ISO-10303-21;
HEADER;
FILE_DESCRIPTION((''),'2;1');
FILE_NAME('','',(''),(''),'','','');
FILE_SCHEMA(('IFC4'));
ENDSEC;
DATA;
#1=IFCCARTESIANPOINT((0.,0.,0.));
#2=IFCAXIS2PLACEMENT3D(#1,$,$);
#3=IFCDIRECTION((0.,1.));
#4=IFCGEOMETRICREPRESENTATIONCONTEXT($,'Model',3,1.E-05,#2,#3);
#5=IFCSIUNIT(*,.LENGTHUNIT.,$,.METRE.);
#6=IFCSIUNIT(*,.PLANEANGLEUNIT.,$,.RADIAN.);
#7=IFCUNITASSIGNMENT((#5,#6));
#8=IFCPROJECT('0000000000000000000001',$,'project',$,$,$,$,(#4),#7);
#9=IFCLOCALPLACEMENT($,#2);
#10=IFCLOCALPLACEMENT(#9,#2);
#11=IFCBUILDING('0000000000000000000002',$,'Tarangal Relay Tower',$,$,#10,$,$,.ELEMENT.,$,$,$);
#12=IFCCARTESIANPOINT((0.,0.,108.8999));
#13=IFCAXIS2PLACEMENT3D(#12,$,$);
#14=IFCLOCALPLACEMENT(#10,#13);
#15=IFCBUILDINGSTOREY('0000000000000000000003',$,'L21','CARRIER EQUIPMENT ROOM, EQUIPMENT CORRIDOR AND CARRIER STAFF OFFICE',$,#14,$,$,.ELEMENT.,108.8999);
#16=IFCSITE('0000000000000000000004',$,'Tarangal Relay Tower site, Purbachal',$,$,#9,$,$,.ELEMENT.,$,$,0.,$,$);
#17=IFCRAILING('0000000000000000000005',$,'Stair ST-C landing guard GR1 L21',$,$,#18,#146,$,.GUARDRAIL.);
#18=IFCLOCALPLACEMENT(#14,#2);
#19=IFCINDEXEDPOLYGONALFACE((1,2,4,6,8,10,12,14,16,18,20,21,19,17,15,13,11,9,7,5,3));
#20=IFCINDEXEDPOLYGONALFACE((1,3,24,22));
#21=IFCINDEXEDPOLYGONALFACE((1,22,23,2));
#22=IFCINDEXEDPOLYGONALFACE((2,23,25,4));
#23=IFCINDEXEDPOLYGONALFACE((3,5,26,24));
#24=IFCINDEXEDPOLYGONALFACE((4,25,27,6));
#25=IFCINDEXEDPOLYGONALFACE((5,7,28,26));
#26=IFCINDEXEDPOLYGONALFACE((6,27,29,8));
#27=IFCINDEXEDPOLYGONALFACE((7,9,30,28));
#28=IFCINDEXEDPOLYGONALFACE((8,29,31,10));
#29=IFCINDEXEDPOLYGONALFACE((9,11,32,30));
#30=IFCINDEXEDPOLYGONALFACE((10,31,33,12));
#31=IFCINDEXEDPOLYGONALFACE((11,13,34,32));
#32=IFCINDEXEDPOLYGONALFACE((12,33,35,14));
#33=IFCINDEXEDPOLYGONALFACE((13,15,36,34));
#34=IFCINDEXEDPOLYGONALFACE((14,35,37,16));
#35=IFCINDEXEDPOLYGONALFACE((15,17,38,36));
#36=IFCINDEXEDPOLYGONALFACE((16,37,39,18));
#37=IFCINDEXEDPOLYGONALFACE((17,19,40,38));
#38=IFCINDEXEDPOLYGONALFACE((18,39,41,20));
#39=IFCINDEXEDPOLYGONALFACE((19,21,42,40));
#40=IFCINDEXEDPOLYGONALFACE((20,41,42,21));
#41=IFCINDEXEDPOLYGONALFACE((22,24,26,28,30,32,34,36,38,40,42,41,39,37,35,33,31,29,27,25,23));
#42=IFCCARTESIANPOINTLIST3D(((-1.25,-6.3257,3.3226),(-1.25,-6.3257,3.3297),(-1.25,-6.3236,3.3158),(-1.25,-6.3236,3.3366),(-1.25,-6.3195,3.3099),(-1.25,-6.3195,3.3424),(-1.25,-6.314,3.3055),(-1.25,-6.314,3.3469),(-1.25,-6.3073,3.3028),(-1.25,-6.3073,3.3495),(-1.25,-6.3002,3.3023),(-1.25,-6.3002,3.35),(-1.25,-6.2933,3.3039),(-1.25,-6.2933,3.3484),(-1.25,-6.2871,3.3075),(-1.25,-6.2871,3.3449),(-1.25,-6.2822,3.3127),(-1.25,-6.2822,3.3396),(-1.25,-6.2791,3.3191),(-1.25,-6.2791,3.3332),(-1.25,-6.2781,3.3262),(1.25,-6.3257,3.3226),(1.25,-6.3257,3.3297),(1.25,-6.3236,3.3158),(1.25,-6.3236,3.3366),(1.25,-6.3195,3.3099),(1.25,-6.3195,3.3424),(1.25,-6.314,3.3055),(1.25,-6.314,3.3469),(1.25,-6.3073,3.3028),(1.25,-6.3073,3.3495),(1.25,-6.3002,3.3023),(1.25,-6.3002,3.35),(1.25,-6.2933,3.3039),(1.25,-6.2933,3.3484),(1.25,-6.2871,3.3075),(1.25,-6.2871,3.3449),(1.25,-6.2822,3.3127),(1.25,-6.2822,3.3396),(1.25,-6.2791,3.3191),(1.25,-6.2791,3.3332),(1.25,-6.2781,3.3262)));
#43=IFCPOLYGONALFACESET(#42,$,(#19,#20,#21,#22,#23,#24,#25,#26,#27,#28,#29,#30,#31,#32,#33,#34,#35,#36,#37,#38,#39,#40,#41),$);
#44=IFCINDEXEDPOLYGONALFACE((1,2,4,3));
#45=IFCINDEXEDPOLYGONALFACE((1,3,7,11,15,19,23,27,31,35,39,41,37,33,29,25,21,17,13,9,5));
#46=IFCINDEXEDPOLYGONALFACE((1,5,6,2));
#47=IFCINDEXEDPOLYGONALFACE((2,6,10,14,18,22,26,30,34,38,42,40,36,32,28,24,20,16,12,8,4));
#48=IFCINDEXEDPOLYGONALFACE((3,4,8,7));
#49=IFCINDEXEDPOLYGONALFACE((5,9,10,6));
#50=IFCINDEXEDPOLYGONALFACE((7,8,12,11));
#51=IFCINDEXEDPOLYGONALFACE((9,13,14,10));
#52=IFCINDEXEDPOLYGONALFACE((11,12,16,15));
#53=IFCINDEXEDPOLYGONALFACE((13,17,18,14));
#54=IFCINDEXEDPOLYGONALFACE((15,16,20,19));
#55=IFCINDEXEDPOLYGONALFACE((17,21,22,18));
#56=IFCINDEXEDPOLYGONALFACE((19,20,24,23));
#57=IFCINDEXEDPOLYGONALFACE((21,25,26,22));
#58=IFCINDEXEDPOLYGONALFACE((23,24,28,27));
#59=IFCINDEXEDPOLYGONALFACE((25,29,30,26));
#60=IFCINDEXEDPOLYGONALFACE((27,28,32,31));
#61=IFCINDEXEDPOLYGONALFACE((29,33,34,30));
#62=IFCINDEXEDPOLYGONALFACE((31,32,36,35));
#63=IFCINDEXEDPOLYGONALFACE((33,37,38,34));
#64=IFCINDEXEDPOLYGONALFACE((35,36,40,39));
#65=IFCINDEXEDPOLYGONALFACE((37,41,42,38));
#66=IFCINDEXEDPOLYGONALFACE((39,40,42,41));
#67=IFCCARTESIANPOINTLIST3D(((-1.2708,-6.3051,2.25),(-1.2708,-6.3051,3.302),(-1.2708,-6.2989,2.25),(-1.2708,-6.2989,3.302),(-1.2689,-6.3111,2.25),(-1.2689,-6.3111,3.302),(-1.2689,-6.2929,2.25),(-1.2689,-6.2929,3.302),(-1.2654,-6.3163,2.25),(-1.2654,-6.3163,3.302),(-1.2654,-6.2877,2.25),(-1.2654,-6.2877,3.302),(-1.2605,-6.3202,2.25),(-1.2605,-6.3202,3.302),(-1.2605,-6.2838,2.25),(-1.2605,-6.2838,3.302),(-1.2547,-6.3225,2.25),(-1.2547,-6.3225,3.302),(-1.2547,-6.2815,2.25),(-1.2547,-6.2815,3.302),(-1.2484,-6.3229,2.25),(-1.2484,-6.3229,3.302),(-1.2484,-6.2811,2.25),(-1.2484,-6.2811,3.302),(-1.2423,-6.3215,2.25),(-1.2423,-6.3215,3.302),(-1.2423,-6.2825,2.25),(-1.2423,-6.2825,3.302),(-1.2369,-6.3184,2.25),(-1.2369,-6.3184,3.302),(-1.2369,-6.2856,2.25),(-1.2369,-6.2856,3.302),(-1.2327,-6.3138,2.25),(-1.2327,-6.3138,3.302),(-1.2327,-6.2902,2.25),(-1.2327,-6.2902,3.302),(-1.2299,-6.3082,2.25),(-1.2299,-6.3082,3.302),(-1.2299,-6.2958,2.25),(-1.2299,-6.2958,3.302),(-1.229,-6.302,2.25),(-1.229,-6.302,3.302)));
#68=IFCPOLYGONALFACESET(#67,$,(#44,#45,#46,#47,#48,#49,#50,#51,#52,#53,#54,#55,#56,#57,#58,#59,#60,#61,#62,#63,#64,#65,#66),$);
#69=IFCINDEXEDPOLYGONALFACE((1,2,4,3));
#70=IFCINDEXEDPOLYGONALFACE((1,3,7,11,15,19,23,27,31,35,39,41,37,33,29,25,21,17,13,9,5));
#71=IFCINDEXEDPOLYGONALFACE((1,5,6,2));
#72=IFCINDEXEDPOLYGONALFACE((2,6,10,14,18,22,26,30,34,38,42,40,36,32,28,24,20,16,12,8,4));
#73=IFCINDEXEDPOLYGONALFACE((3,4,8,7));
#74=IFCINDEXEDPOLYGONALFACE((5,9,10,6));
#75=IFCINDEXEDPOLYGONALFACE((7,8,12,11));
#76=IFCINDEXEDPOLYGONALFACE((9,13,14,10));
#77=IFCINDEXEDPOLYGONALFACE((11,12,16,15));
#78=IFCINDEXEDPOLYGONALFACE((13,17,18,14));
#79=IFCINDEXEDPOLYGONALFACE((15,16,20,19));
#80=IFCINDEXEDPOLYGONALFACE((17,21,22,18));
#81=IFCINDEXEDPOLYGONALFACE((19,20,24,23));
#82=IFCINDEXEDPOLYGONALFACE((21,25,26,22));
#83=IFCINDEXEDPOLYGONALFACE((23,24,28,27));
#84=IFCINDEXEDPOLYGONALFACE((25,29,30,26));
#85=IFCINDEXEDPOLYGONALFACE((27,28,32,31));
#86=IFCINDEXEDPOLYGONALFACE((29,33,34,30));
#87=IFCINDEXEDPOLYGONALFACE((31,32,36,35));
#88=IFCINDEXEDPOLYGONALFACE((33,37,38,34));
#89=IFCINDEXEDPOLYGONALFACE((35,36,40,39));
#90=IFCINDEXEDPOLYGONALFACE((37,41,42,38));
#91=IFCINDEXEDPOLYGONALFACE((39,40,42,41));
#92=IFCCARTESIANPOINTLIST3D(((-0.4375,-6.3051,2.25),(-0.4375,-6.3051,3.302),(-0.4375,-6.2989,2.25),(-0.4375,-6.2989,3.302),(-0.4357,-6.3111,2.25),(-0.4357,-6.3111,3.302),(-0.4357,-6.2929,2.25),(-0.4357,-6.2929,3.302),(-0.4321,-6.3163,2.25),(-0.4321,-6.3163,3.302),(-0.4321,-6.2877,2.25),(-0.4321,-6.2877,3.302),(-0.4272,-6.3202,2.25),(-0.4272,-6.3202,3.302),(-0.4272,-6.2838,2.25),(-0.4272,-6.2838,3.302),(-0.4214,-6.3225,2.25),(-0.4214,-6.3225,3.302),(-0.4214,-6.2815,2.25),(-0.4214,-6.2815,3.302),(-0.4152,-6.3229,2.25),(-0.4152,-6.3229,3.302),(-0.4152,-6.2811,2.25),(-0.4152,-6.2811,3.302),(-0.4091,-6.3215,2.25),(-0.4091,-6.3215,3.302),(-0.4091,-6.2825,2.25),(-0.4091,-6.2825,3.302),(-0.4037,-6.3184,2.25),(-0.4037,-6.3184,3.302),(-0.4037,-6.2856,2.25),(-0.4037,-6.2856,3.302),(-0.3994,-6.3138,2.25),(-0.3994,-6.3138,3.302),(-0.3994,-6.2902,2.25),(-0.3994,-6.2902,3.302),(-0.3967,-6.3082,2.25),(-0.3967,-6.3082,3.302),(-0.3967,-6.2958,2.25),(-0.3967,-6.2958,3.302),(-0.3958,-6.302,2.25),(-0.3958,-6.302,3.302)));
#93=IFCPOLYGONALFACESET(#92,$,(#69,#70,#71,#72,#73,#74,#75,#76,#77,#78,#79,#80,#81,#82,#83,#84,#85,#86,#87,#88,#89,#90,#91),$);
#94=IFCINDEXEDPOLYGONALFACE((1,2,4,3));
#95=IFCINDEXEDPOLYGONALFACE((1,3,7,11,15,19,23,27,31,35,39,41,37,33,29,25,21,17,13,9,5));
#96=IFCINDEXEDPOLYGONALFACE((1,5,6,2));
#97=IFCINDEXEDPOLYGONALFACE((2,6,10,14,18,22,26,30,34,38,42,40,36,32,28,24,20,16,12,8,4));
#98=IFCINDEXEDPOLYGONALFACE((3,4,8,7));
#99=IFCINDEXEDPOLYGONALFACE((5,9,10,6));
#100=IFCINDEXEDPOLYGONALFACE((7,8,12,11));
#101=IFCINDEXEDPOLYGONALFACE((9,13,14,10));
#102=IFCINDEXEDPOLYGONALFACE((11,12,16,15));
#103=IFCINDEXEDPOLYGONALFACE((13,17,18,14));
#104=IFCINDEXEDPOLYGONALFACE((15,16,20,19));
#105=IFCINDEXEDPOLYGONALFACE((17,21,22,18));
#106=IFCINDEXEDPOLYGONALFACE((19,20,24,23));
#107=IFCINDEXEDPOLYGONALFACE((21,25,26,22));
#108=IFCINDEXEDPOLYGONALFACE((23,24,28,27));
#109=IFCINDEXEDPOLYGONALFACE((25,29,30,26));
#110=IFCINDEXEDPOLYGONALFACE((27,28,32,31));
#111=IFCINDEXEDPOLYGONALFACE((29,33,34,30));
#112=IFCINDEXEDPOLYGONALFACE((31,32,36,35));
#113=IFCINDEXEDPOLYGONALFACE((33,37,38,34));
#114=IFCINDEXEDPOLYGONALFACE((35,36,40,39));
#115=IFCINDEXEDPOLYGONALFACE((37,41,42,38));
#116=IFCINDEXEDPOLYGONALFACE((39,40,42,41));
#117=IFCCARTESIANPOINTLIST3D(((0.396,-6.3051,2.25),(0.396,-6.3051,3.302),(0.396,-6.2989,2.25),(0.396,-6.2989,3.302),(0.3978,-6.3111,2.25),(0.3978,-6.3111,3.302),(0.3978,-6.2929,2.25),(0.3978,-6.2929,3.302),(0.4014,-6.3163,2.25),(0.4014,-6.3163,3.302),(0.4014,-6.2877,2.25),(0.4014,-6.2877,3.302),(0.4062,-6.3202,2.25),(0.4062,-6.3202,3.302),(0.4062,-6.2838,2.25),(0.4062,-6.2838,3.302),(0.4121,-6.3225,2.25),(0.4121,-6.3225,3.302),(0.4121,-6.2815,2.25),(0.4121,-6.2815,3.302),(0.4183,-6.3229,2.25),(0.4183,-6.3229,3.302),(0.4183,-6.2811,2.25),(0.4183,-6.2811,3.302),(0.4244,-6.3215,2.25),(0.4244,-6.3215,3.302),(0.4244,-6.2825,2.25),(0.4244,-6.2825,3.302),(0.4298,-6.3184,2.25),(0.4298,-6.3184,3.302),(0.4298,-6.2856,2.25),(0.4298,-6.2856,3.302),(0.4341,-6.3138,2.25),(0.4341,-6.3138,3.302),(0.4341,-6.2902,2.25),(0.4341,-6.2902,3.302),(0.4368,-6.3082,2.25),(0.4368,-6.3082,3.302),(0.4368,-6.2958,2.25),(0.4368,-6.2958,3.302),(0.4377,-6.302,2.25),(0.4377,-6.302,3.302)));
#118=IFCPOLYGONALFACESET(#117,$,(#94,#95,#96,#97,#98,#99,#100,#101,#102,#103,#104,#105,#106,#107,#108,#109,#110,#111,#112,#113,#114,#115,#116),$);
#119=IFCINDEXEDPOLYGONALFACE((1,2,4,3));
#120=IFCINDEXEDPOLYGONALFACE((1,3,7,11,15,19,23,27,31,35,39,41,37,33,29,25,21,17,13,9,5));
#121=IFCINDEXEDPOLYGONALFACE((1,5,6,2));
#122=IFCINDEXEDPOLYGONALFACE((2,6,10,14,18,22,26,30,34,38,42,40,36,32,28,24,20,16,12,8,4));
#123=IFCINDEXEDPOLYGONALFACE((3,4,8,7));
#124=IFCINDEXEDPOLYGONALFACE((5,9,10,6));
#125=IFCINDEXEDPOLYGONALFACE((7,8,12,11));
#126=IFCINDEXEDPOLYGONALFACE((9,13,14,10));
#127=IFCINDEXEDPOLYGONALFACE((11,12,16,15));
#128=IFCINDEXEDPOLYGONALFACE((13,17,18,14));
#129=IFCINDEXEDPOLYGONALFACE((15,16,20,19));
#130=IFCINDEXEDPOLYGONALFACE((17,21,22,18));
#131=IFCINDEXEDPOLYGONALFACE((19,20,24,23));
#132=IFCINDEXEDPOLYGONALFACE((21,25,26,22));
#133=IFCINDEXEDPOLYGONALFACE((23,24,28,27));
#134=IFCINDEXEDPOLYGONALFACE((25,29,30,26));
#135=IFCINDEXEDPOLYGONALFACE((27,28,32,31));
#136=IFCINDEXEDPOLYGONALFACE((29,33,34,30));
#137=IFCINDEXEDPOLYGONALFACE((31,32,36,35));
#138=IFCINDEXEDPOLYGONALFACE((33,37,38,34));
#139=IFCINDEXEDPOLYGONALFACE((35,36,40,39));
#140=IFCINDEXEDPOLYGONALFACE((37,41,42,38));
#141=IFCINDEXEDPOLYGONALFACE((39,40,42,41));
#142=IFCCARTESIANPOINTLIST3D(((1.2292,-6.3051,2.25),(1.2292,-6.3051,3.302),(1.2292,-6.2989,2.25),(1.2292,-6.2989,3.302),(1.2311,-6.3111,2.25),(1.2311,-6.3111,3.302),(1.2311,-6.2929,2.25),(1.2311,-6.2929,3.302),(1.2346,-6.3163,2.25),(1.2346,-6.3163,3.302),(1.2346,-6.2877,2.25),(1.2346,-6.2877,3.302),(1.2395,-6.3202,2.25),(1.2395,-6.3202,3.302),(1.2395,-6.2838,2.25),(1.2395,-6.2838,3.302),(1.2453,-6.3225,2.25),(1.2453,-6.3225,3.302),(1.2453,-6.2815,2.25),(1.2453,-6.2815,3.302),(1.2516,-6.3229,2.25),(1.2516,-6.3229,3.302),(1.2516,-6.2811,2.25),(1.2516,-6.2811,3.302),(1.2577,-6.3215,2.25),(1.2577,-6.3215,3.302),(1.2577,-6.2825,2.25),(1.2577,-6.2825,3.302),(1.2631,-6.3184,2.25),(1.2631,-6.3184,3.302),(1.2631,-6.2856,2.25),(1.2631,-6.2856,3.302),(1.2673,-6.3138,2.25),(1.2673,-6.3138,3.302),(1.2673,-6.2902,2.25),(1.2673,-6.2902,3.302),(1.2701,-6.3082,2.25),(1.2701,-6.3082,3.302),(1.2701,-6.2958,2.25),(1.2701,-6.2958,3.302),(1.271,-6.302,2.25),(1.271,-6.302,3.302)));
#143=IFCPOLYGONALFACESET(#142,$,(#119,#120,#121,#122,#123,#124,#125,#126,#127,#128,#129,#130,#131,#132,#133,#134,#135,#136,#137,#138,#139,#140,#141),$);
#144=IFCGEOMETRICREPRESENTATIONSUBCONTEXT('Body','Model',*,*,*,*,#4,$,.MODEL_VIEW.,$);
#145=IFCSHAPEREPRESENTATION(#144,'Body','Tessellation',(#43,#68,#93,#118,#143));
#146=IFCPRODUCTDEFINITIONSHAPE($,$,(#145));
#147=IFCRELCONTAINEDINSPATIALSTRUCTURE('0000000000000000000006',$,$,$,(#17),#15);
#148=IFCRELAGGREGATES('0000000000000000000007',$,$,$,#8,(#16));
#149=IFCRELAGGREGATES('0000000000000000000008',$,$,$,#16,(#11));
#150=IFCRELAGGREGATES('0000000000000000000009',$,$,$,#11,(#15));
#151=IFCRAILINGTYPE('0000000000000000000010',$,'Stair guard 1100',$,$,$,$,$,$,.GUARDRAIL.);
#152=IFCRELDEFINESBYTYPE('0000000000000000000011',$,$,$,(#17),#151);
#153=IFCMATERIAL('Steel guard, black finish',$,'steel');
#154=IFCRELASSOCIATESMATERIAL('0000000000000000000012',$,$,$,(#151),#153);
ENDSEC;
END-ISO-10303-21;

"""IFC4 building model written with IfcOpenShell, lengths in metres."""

from ifc_helpers import new_model, si_unit, direction, frame, origin, origin_2d, place, context, subcontext, project, spatial, circle, extrude, material, type_object, element, save


model = new_model("IFC4")

# Units and contexts
model_context = context("Model", 3, precision=1e-05, world=origin(), true_north=direction((0.0, 1.0)))
body_context = subcontext(model_context, "Body", "Model", "MODEL_VIEW")
ifc_project = project(units=[si_unit("LENGTHUNIT", "METRE"), si_unit("PLANEANGLEUNIT", "RADIAN")], contexts=[model_context])

# Site, building, storey
site_placement = place(None, origin())
site = spatial("IfcSite", under=ifc_project, at=site_placement, Name="Tarangal Relay Tower site, Purbachal", CompositionType="ELEMENT", RefElevation=0.0)
building_placement = place(site_placement, origin())
building = spatial("IfcBuilding", under=site, at=building_placement, Name="Tarangal Relay Tower", CompositionType="ELEMENT")
storey_placement = place(building_placement, frame((0.0, 0.0, 108.8999)))
storey = spatial("IfcBuildingStorey", under=building, at=storey_placement, Name="L21", Description="CARRIER EQUIPMENT ROOM, EQUIPMENT CORRIDOR AND CARRIER STAFF OFFICE", CompositionType="ELEMENT", Elevation=108.8999)

# Railing
ifc_material_1 = material(Name="Steel guard, black finish", Category="steel")
railing_type_1 = type_object("IfcRailingType", Name="Stair guard 1100", PredefinedType="GUARDRAIL", material=ifc_material_1)
for number, where, name in (
    (1, (-1.25, -6.302, 2.25), "Stair ST-C landing guard GR1 L21"),
):
    element("IfcRailing", number, at=place(storey_placement, frame(where)), inside=storey, type_object=railing_type_1, Name=name, PredefinedType="GUARDRAIL", context=body_context, shape_type="SweptSolid", body=[
        extrude(circle(Radius=0.0239, at=origin_2d()), frame((0.0, 0.0, 1.0762), z_axis=(1.0, 0.0, 0.0), x_axis=(0.0, 1.0, 0.0)), (0.0, 0.0, 1.0), 2.5),
        extrude(circle(Radius=0.021, at=origin_2d()), origin(), (0.0, 0.0, 1.0), 1.052),
        extrude(circle(Radius=0.021, at=origin_2d()), frame((0.8333, 0.0, 0.0)), (0.0, 0.0, 1.0), 1.052),
        extrude(circle(Radius=0.021, at=origin_2d()), frame((1.6667, 0.0, 0.0)), (0.0, 0.0, 1.0), 1.052),
        extrude(circle(Radius=0.021, at=origin_2d()), frame((2.5, 0.0, 0.0)), (0.0, 0.0, 1.0), 1.052),
    ])

save(model, "model.ifc")
